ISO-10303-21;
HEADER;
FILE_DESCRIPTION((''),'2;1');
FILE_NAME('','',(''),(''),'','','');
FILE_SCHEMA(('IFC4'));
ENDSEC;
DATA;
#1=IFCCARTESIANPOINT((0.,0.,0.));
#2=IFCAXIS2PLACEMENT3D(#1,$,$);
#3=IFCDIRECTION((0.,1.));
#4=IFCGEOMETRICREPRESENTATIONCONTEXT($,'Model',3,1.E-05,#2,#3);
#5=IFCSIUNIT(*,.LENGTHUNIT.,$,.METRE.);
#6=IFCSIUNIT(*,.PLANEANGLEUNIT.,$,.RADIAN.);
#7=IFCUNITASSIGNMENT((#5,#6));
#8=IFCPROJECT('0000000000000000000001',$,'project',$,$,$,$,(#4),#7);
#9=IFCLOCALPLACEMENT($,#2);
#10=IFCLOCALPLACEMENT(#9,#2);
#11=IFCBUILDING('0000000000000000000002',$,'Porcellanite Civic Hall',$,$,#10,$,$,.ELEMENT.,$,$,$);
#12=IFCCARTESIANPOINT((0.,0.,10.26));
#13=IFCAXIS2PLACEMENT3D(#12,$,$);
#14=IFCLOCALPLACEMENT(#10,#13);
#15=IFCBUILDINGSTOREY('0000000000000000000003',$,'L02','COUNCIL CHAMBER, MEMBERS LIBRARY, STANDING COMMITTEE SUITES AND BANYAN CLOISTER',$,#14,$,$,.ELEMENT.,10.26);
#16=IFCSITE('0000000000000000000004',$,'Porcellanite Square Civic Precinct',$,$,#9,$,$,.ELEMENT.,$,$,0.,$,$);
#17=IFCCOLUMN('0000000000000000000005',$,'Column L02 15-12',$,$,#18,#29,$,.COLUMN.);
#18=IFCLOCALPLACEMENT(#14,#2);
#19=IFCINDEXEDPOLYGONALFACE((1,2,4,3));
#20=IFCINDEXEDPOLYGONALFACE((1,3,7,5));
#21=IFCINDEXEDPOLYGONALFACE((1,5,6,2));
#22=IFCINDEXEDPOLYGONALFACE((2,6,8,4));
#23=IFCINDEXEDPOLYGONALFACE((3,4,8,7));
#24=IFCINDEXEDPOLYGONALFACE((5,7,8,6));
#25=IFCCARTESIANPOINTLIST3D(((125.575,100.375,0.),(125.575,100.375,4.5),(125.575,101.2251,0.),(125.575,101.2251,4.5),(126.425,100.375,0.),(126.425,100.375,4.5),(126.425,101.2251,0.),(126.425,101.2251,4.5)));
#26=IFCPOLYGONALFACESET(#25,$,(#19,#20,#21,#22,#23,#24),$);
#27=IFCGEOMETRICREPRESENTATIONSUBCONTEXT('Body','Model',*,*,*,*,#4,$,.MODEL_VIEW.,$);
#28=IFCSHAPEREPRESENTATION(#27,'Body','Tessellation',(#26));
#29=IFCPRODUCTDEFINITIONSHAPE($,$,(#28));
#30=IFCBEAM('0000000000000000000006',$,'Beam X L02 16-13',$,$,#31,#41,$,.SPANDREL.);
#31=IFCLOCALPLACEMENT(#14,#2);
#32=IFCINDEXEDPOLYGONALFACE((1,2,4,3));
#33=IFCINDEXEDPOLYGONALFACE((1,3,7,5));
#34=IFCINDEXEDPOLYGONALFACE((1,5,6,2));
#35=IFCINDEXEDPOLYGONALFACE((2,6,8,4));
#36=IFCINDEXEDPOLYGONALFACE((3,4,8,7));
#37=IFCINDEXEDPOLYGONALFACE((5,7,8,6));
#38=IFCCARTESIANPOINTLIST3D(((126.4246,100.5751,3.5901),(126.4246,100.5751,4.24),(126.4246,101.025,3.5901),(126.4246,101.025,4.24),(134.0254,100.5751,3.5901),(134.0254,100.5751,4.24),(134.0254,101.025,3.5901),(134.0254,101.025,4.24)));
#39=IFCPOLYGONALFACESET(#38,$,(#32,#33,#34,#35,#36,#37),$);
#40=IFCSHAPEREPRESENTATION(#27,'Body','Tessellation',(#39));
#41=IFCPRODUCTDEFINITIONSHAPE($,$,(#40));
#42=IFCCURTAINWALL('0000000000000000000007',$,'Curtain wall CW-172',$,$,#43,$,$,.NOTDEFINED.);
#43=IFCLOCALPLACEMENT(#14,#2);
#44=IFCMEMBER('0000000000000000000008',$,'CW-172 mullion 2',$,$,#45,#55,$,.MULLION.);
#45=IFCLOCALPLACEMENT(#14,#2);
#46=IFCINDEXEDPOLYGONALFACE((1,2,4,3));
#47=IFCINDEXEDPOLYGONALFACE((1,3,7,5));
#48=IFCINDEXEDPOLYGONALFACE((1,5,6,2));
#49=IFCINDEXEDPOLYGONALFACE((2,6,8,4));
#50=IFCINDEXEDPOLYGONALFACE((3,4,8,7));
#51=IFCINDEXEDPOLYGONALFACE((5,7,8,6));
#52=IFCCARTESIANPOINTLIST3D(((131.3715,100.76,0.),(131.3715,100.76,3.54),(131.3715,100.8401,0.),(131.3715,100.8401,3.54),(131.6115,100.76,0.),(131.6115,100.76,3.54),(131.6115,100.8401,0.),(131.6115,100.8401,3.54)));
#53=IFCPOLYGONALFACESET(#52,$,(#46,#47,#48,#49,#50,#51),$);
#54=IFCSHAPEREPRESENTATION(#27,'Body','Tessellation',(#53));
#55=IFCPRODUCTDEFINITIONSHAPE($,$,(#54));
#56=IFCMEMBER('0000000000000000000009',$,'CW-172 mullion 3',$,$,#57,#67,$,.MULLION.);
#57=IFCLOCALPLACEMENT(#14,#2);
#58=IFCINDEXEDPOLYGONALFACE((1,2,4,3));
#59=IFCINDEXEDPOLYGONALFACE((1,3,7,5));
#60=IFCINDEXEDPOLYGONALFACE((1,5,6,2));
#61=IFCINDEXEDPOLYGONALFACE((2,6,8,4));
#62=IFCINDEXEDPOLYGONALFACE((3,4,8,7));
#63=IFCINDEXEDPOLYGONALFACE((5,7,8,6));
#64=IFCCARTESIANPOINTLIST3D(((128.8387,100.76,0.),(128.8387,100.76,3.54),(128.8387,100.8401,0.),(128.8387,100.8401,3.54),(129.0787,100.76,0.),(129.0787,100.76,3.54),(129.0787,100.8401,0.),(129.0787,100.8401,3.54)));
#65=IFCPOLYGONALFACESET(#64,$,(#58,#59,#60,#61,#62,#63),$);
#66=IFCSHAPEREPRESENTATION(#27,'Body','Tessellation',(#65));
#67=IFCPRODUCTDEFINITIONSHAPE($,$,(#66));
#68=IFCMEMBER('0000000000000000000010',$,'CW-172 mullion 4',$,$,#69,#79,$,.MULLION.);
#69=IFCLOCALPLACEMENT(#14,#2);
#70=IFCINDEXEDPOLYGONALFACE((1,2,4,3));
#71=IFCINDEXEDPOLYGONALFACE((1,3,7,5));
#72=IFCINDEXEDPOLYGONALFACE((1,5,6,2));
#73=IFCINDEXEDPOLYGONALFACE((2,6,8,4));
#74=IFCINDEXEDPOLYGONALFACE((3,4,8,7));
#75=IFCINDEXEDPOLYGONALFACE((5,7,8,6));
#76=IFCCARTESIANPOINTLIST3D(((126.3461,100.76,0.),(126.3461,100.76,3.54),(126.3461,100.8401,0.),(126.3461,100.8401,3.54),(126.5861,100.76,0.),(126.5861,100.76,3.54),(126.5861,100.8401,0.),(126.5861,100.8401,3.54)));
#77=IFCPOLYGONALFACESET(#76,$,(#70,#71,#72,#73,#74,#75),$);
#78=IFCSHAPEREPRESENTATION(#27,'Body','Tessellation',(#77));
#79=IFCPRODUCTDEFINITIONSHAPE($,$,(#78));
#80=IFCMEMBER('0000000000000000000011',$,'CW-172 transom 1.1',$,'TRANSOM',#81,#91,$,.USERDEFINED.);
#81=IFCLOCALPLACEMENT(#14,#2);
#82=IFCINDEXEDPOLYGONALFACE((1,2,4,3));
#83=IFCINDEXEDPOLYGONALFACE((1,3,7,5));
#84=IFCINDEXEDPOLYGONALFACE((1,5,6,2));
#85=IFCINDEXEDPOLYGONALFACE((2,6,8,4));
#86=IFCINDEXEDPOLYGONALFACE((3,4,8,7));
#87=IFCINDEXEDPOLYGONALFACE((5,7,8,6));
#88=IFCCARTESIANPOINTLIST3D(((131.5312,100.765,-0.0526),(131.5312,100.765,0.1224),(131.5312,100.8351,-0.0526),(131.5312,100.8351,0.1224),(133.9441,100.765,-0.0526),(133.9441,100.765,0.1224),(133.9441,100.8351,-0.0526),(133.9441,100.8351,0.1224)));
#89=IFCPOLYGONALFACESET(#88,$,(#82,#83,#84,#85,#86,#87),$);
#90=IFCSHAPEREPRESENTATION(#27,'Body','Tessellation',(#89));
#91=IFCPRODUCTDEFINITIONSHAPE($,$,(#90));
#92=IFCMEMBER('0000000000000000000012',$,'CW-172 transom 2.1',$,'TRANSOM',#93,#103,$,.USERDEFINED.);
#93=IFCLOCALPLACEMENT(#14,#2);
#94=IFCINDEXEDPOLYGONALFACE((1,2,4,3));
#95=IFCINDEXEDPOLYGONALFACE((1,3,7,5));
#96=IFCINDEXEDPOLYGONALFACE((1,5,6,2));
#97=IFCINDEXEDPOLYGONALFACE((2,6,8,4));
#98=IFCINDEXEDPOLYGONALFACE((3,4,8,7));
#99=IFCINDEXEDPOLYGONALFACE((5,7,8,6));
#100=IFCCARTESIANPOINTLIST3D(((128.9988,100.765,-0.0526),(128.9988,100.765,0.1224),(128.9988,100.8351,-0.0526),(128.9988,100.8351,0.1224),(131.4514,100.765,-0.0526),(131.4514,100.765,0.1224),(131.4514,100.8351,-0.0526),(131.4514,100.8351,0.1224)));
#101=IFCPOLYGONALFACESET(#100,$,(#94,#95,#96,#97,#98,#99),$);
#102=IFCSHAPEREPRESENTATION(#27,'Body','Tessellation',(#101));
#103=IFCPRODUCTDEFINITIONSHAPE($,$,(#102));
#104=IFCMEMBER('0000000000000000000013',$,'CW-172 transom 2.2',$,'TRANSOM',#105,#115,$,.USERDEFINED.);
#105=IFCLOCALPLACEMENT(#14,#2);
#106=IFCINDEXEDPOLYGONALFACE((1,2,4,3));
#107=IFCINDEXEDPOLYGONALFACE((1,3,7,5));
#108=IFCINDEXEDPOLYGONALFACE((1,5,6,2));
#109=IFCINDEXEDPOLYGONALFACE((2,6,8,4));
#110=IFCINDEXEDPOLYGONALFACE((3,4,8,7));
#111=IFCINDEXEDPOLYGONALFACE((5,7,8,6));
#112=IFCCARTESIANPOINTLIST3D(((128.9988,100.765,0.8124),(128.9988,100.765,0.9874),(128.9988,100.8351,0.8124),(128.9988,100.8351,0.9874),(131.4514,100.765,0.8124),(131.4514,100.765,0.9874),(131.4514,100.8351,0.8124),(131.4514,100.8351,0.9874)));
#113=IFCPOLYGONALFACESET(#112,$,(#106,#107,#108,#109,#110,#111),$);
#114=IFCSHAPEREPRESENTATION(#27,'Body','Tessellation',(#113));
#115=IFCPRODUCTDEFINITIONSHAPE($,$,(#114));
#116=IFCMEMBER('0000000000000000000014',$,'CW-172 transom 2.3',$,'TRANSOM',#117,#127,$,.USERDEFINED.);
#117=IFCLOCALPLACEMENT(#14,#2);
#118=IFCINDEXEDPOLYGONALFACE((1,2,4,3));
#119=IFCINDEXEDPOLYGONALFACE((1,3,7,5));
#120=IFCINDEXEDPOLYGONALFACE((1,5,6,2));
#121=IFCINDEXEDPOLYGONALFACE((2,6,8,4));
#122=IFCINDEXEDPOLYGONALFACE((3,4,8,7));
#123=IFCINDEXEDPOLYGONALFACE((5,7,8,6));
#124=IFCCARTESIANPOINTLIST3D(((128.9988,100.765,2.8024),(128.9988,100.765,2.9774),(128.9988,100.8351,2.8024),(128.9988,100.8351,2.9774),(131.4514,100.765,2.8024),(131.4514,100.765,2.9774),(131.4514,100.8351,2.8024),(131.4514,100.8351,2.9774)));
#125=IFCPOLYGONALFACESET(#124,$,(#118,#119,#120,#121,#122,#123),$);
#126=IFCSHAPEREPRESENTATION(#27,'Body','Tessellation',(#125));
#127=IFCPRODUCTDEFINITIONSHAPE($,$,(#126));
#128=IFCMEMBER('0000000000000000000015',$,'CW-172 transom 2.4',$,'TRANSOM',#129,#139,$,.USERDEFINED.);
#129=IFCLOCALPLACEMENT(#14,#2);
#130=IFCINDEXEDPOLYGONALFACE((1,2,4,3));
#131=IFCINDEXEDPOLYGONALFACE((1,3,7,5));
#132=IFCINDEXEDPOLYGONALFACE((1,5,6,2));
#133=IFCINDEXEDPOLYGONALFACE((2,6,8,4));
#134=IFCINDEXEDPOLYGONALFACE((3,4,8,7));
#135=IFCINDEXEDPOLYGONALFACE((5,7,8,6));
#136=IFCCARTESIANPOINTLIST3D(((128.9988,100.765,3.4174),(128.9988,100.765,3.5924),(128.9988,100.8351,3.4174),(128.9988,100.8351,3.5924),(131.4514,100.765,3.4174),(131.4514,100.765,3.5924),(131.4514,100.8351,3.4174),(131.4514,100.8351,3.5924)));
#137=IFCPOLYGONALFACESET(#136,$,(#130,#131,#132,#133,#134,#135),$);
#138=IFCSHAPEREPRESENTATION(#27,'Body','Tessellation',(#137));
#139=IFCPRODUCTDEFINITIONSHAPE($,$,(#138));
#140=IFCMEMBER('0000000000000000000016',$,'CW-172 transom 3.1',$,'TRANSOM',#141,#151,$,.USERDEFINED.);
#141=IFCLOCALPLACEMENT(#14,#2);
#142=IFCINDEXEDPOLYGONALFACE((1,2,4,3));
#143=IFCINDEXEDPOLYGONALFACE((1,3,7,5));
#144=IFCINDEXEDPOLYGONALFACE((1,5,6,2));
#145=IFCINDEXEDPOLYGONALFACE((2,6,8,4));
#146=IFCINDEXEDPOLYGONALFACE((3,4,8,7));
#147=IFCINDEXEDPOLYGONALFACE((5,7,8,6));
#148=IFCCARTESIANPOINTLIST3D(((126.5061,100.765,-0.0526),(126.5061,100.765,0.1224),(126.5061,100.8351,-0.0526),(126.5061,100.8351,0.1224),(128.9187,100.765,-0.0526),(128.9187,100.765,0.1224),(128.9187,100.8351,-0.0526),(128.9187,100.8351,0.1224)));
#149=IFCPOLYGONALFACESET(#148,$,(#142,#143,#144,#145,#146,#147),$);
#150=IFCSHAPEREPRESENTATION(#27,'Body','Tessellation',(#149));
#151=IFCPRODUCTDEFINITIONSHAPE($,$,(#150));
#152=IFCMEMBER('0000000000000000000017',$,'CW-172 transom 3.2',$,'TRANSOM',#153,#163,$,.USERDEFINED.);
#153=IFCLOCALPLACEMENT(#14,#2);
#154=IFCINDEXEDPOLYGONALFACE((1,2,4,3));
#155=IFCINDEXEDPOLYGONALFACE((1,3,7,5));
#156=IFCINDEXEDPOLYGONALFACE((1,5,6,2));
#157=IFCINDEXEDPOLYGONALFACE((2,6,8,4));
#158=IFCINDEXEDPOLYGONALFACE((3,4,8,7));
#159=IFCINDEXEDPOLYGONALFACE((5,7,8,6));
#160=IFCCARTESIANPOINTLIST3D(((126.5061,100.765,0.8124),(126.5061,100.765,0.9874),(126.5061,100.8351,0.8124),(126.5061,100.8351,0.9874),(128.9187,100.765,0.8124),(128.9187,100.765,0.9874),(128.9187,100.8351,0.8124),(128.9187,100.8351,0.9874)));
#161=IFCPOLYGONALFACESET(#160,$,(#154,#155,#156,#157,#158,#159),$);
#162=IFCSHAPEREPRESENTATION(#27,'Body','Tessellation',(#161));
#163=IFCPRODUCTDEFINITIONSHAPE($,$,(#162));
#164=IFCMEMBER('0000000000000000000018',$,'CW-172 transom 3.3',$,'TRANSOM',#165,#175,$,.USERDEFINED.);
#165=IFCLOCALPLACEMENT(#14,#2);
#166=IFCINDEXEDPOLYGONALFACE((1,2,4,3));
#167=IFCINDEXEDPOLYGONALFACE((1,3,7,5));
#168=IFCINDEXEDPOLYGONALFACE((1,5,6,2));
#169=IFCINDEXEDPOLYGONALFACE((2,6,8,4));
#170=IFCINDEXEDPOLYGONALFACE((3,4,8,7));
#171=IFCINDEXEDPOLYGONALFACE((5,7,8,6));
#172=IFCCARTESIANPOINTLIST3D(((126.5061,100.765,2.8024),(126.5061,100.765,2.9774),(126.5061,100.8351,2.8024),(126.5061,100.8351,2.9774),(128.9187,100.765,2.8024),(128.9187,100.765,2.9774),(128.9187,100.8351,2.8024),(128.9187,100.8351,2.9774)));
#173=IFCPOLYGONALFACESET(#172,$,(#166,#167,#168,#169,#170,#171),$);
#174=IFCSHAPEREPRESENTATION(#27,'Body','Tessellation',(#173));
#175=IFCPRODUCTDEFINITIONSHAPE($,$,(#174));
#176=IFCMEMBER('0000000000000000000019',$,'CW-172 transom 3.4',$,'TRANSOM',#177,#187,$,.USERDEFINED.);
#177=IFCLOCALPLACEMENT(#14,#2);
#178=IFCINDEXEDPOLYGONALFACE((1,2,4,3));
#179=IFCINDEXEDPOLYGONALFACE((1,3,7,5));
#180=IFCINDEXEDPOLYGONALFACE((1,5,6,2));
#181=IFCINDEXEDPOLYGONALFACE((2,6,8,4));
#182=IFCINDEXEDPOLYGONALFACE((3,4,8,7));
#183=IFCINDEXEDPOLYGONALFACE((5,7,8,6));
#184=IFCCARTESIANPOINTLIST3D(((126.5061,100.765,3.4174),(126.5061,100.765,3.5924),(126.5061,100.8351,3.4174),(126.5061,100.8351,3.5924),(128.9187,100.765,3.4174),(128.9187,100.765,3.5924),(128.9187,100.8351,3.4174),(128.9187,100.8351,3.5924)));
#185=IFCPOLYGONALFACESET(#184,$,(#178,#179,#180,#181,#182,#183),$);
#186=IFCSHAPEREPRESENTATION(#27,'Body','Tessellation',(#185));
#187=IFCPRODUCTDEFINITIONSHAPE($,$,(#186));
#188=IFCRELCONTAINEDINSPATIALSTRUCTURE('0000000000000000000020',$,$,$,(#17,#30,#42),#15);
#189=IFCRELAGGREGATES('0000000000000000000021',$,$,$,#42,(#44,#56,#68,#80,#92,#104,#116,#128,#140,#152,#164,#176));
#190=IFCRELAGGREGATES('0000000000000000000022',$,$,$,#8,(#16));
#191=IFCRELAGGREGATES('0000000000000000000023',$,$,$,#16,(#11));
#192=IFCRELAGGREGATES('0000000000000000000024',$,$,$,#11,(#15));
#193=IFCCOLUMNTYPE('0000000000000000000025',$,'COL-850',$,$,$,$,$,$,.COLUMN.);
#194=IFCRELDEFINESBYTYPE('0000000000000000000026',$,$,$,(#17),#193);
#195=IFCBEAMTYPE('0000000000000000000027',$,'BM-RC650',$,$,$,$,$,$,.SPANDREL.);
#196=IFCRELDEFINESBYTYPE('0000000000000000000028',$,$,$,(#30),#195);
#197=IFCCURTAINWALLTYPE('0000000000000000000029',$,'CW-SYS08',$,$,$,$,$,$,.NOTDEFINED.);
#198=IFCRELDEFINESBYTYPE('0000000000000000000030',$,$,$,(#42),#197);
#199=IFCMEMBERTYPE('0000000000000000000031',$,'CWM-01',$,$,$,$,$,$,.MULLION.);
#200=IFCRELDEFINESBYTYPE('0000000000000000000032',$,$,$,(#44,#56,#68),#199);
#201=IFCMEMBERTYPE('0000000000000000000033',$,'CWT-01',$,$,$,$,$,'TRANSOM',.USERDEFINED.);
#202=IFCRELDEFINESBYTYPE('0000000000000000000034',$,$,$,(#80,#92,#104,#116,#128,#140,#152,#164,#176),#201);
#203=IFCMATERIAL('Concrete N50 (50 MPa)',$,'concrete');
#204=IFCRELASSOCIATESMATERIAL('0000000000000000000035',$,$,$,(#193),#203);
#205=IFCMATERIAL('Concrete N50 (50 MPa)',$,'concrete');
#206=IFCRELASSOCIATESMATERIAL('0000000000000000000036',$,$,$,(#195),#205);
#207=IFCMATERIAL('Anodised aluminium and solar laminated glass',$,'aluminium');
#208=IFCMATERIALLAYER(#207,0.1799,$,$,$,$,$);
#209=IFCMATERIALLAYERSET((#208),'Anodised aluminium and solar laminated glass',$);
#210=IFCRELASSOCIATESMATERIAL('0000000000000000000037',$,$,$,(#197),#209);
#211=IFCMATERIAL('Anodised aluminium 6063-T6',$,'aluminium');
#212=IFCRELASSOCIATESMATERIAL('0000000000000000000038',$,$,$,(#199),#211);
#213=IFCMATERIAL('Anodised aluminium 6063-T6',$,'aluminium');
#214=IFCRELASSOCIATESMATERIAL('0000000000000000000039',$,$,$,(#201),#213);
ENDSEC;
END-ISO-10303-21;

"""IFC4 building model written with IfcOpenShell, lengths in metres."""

from ifc_helpers import new_model, si_unit, direction, frame, origin, origin_2d, place, context, subcontext, project, spatial, rectangle, extrude, material, layer, layer_set, material_profile, profile_set, type_object, element, aggregate, save


model = new_model("IFC4")

# Units and contexts
model_context = context("Model", 3, precision=1e-05, world=origin(), true_north=direction((0.0, 1.0)))
body_context = subcontext(model_context, "Body", "Model", "MODEL_VIEW")
ifc_project = project(units=[si_unit("LENGTHUNIT", "METRE"), si_unit("PLANEANGLEUNIT", "RADIAN")], contexts=[model_context])

# Site, building, storey
site_placement = place(None, origin())
site = spatial("IfcSite", under=ifc_project, at=site_placement, Name="Porcellanite Square Civic Precinct", CompositionType="ELEMENT", RefElevation=0.0)
building_placement = place(site_placement, origin())
building = spatial("IfcBuilding", under=site, at=building_placement, Name="Porcellanite Civic Hall", CompositionType="ELEMENT")
storey_placement = place(building_placement, frame((0.0, 0.0, 10.26)))
storey = spatial("IfcBuildingStorey", under=building, at=storey_placement, Name="L02", Description="COUNCIL CHAMBER, MEMBERS LIBRARY, STANDING COMMITTEE SUITES AND BANYAN CLOISTER", CompositionType="ELEMENT", Elevation=10.26)

# Column
ifc_material_1 = material(Name="Concrete N50 (50 MPa)", Category="concrete")
ifc_material_profile_1 = material_profile(ifc_material_1, rectangle(XDim=0.8501, YDim=0.8501, at=origin_2d()), Name="RC-850x850")
ifc_profile_set_1 = profile_set([ifc_material_profile_1], Name="Concrete N50 (50 MPa)")
column_type = type_object("IfcColumnType", Name="COL-850", PredefinedType="COLUMN", material=ifc_profile_set_1)
column_placement = place(storey_placement, frame((126.0, 100.8, 0.0), z_axis=(0.0, 0.0, 1.0), x_axis=(1.0, 0.0, 0.0)))
element("IfcColumn", 1, at=column_placement, inside=storey, type_object=column_type, Name="Column L02 15-12", PredefinedType="COLUMN", context=body_context, shape_type="SweptSolid", body=[
    extrude(rectangle(XDim=0.8501, YDim=0.8501, at=origin_2d()), origin(), (0.0, 0.0, 1.0), 4.5),
])

# Beam
ifc_material_2 = material(Name="Concrete N50 (50 MPa)", Category="concrete")
ifc_material_profile_2 = material_profile(ifc_material_2, rectangle(XDim=0.45, YDim=0.6499, at=origin_2d()), Name="RC-450x650")
ifc_profile_set_2 = profile_set([ifc_material_profile_2], Name="Concrete N50 (50 MPa)")
beam_type = type_object("IfcBeamType", Name="BM-RC650", PredefinedType="SPANDREL", material=ifc_profile_set_2)
beam_placement = place(storey_placement, frame((126.4246, 100.8, 3.915), z_axis=(1.0, 0.0, 0.0), x_axis=(0.0, 1.0, 0.0)))
element("IfcBeam", 2, at=beam_placement, inside=storey, type_object=beam_type, Name="Beam X L02 16-13", PredefinedType="SPANDREL", context=body_context, shape_type="SweptSolid", body=[
    extrude(rectangle(XDim=0.45, YDim=0.6499, at=origin_2d()), origin(), (0.0, 0.0, 1.0), 7.6008),
])

# Curtain wall, members
ifc_material_3 = material(Name="Anodised aluminium and solar laminated glass", Category="aluminium")
ifc_layer_1 = layer(ifc_material_3, 0.1799)
ifc_layer_set_1 = layer_set([ifc_layer_1], Name="Anodised aluminium and solar laminated glass")
curtain_wall_type = type_object("IfcCurtainWallType", Name="CW-SYS08", PredefinedType="NOTDEFINED", material=ifc_layer_set_1)
curtain_wall_placement = place(storey_placement, origin())
curtain_wall = element("IfcCurtainWall", 3, at=curtain_wall_placement, inside=storey, type_object=curtain_wall_type, Name="Curtain wall CW-172", PredefinedType="NOTDEFINED")
ifc_material_4 = material(Name="Anodised aluminium 6063-T6", Category="aluminium")
ifc_material_profile_3 = material_profile(ifc_material_4, rectangle(XDim=0.0801, YDim=0.24, at=origin_2d()), Name="AL-80x240")
ifc_profile_set_3 = profile_set([ifc_material_profile_3], Name="Anodised aluminium 6063-T6")
member_type_1 = type_object("IfcMemberType", Name="CWM-01", PredefinedType="MULLION", material=ifc_profile_set_3)
member_1_placement = place(storey_placement, frame((131.4915, 100.8, 0.0), z_axis=(0.0, 0.0, 1.0), x_axis=(0.0, -1.0, 0.0)))
member_1 = element("IfcMember", 4, at=member_1_placement, type_object=member_type_1, Name="CW-172 mullion 2", PredefinedType="MULLION", context=body_context, shape_type="SweptSolid", body=[
    extrude(rectangle(XDim=0.0801, YDim=0.24, at=origin_2d()), origin(), (0.0, 0.0, 1.0), 3.54),
])
member_2_placement = place(storey_placement, frame((128.9587, 100.8, 0.0), z_axis=(0.0, 0.0, 1.0), x_axis=(0.0, -1.0, 0.0)))
member_2 = element("IfcMember", 5, at=member_2_placement, type_object=member_type_1, Name="CW-172 mullion 3", PredefinedType="MULLION", context=body_context, shape_type="SweptSolid", body=[
    extrude(rectangle(XDim=0.0801, YDim=0.24, at=origin_2d()), origin(), (0.0, 0.0, 1.0), 3.54),
])
member_3_placement = place(storey_placement, frame((126.4661, 100.8, 0.0), z_axis=(0.0, 0.0, 1.0), x_axis=(0.0, -1.0, 0.0)))
member_3 = element("IfcMember", 6, at=member_3_placement, type_object=member_type_1, Name="CW-172 mullion 4", PredefinedType="MULLION", context=body_context, shape_type="SweptSolid", body=[
    extrude(rectangle(XDim=0.0801, YDim=0.24, at=origin_2d()), origin(), (0.0, 0.0, 1.0), 3.54),
])
ifc_material_5 = material(Name="Anodised aluminium 6063-T6", Category="aluminium")
ifc_material_profile_4 = material_profile(ifc_material_5, rectangle(XDim=0.0701, YDim=0.175, at=origin_2d()), Name="AL-70x175")
ifc_profile_set_4 = profile_set([ifc_material_profile_4], Name="Anodised aluminium 6063-T6")
member_type_2 = type_object("IfcMemberType", Name="CWT-01", ElementType="TRANSOM", PredefinedType="USERDEFINED", material=ifc_profile_set_4)
member_4_placement = place(storey_placement, frame((133.9441, 100.8, 0.0349), z_axis=(-1.0, 0.0, 0.0), x_axis=(0.0, -1.0, 0.0)))
member_4 = element("IfcMember", 7, at=member_4_placement, type_object=member_type_2, Name="CW-172 transom 1.1", ObjectType="TRANSOM", PredefinedType="USERDEFINED", context=body_context, shape_type="SweptSolid", body=[
    extrude(rectangle(XDim=0.0701, YDim=0.175, at=origin_2d()), origin(), (0.0, 0.0, 1.0), 2.4128),
])
member_5_placement = place(storey_placement, frame((131.4514, 100.8, 0.0349), z_axis=(-1.0, 0.0, 0.0), x_axis=(0.0, -1.0, 0.0)))
member_5 = element("IfcMember", 8, at=member_5_placement, type_object=member_type_2, Name="CW-172 transom 2.1", ObjectType="TRANSOM", PredefinedType="USERDEFINED", context=body_context, shape_type="SweptSolid", body=[
    extrude(rectangle(XDim=0.0701, YDim=0.175, at=origin_2d()), origin(), (0.0, 0.0, 1.0), 2.4526),
])
member_6_placement = place(storey_placement, frame((131.4514, 100.8, 0.8999), z_axis=(-1.0, 0.0, 0.0), x_axis=(0.0, -1.0, 0.0)))
member_6 = element("IfcMember", 9, at=member_6_placement, type_object=member_type_2, Name="CW-172 transom 2.2", ObjectType="TRANSOM", PredefinedType="USERDEFINED", context=body_context, shape_type="SweptSolid", body=[
    extrude(rectangle(XDim=0.0701, YDim=0.175, at=origin_2d()), origin(), (0.0, 0.0, 1.0), 2.4526),
])
member_7_placement = place(storey_placement, frame((131.4514, 100.8, 2.8899), z_axis=(-1.0, 0.0, 0.0), x_axis=(0.0, -1.0, 0.0)))
member_7 = element("IfcMember", 10, at=member_7_placement, type_object=member_type_2, Name="CW-172 transom 2.3", ObjectType="TRANSOM", PredefinedType="USERDEFINED", context=body_context, shape_type="SweptSolid", body=[
    extrude(rectangle(XDim=0.0701, YDim=0.175, at=origin_2d()), origin(), (0.0, 0.0, 1.0), 2.4526),
])
member_8_placement = place(storey_placement, frame((131.4514, 100.8, 3.5049), z_axis=(-1.0, 0.0, 0.0), x_axis=(0.0, -1.0, 0.0)))
member_8 = element("IfcMember", 11, at=member_8_placement, type_object=member_type_2, Name="CW-172 transom 2.4", ObjectType="TRANSOM", PredefinedType="USERDEFINED", context=body_context, shape_type="SweptSolid", body=[
    extrude(rectangle(XDim=0.0701, YDim=0.175, at=origin_2d()), origin(), (0.0, 0.0, 1.0), 2.4526),
])
member_9_placement = place(storey_placement, frame((128.9187, 100.8, 0.0349), z_axis=(-1.0, 0.0, 0.0), x_axis=(0.0, -1.0, 0.0)))
member_9 = element("IfcMember", 12, at=member_9_placement, type_object=member_type_2, Name="CW-172 transom 3.1", ObjectType="TRANSOM", PredefinedType="USERDEFINED", context=body_context, shape_type="SweptSolid", body=[
    extrude(rectangle(XDim=0.0701, YDim=0.175, at=origin_2d()), origin(), (0.0, 0.0, 1.0), 2.4126),
])
member_10_placement = place(storey_placement, frame((128.9187, 100.8, 0.8999), z_axis=(-1.0, 0.0, 0.0), x_axis=(0.0, -1.0, 0.0)))
member_10 = element("IfcMember", 13, at=member_10_placement, type_object=member_type_2, Name="CW-172 transom 3.2", ObjectType="TRANSOM", PredefinedType="USERDEFINED", context=body_context, shape_type="SweptSolid", body=[
    extrude(rectangle(XDim=0.0701, YDim=0.175, at=origin_2d()), origin(), (0.0, 0.0, 1.0), 2.4126),
])
member_11_placement = place(storey_placement, frame((128.9187, 100.8, 2.8899), z_axis=(-1.0, 0.0, 0.0), x_axis=(0.0, -1.0, 0.0)))
member_11 = element("IfcMember", 14, at=member_11_placement, type_object=member_type_2, Name="CW-172 transom 3.3", ObjectType="TRANSOM", PredefinedType="USERDEFINED", context=body_context, shape_type="SweptSolid", body=[
    extrude(rectangle(XDim=0.0701, YDim=0.175, at=origin_2d()), origin(), (0.0, 0.0, 1.0), 2.4126),
])
member_12_placement = place(storey_placement, frame((128.9187, 100.8, 3.5049), z_axis=(-1.0, 0.0, 0.0), x_axis=(0.0, -1.0, 0.0)))
member_12 = element("IfcMember", 15, at=member_12_placement, type_object=member_type_2, Name="CW-172 transom 3.4", ObjectType="TRANSOM", PredefinedType="USERDEFINED", context=body_context, shape_type="SweptSolid", body=[
    extrude(rectangle(XDim=0.0701, YDim=0.175, at=origin_2d()), origin(), (0.0, 0.0, 1.0), 2.4126),
])

aggregate(curtain_wall, [member_1, member_2, member_3, member_4, member_5, member_6, member_7, member_8, member_9, member_10, member_11, member_12])

save(model, "model.ifc")
